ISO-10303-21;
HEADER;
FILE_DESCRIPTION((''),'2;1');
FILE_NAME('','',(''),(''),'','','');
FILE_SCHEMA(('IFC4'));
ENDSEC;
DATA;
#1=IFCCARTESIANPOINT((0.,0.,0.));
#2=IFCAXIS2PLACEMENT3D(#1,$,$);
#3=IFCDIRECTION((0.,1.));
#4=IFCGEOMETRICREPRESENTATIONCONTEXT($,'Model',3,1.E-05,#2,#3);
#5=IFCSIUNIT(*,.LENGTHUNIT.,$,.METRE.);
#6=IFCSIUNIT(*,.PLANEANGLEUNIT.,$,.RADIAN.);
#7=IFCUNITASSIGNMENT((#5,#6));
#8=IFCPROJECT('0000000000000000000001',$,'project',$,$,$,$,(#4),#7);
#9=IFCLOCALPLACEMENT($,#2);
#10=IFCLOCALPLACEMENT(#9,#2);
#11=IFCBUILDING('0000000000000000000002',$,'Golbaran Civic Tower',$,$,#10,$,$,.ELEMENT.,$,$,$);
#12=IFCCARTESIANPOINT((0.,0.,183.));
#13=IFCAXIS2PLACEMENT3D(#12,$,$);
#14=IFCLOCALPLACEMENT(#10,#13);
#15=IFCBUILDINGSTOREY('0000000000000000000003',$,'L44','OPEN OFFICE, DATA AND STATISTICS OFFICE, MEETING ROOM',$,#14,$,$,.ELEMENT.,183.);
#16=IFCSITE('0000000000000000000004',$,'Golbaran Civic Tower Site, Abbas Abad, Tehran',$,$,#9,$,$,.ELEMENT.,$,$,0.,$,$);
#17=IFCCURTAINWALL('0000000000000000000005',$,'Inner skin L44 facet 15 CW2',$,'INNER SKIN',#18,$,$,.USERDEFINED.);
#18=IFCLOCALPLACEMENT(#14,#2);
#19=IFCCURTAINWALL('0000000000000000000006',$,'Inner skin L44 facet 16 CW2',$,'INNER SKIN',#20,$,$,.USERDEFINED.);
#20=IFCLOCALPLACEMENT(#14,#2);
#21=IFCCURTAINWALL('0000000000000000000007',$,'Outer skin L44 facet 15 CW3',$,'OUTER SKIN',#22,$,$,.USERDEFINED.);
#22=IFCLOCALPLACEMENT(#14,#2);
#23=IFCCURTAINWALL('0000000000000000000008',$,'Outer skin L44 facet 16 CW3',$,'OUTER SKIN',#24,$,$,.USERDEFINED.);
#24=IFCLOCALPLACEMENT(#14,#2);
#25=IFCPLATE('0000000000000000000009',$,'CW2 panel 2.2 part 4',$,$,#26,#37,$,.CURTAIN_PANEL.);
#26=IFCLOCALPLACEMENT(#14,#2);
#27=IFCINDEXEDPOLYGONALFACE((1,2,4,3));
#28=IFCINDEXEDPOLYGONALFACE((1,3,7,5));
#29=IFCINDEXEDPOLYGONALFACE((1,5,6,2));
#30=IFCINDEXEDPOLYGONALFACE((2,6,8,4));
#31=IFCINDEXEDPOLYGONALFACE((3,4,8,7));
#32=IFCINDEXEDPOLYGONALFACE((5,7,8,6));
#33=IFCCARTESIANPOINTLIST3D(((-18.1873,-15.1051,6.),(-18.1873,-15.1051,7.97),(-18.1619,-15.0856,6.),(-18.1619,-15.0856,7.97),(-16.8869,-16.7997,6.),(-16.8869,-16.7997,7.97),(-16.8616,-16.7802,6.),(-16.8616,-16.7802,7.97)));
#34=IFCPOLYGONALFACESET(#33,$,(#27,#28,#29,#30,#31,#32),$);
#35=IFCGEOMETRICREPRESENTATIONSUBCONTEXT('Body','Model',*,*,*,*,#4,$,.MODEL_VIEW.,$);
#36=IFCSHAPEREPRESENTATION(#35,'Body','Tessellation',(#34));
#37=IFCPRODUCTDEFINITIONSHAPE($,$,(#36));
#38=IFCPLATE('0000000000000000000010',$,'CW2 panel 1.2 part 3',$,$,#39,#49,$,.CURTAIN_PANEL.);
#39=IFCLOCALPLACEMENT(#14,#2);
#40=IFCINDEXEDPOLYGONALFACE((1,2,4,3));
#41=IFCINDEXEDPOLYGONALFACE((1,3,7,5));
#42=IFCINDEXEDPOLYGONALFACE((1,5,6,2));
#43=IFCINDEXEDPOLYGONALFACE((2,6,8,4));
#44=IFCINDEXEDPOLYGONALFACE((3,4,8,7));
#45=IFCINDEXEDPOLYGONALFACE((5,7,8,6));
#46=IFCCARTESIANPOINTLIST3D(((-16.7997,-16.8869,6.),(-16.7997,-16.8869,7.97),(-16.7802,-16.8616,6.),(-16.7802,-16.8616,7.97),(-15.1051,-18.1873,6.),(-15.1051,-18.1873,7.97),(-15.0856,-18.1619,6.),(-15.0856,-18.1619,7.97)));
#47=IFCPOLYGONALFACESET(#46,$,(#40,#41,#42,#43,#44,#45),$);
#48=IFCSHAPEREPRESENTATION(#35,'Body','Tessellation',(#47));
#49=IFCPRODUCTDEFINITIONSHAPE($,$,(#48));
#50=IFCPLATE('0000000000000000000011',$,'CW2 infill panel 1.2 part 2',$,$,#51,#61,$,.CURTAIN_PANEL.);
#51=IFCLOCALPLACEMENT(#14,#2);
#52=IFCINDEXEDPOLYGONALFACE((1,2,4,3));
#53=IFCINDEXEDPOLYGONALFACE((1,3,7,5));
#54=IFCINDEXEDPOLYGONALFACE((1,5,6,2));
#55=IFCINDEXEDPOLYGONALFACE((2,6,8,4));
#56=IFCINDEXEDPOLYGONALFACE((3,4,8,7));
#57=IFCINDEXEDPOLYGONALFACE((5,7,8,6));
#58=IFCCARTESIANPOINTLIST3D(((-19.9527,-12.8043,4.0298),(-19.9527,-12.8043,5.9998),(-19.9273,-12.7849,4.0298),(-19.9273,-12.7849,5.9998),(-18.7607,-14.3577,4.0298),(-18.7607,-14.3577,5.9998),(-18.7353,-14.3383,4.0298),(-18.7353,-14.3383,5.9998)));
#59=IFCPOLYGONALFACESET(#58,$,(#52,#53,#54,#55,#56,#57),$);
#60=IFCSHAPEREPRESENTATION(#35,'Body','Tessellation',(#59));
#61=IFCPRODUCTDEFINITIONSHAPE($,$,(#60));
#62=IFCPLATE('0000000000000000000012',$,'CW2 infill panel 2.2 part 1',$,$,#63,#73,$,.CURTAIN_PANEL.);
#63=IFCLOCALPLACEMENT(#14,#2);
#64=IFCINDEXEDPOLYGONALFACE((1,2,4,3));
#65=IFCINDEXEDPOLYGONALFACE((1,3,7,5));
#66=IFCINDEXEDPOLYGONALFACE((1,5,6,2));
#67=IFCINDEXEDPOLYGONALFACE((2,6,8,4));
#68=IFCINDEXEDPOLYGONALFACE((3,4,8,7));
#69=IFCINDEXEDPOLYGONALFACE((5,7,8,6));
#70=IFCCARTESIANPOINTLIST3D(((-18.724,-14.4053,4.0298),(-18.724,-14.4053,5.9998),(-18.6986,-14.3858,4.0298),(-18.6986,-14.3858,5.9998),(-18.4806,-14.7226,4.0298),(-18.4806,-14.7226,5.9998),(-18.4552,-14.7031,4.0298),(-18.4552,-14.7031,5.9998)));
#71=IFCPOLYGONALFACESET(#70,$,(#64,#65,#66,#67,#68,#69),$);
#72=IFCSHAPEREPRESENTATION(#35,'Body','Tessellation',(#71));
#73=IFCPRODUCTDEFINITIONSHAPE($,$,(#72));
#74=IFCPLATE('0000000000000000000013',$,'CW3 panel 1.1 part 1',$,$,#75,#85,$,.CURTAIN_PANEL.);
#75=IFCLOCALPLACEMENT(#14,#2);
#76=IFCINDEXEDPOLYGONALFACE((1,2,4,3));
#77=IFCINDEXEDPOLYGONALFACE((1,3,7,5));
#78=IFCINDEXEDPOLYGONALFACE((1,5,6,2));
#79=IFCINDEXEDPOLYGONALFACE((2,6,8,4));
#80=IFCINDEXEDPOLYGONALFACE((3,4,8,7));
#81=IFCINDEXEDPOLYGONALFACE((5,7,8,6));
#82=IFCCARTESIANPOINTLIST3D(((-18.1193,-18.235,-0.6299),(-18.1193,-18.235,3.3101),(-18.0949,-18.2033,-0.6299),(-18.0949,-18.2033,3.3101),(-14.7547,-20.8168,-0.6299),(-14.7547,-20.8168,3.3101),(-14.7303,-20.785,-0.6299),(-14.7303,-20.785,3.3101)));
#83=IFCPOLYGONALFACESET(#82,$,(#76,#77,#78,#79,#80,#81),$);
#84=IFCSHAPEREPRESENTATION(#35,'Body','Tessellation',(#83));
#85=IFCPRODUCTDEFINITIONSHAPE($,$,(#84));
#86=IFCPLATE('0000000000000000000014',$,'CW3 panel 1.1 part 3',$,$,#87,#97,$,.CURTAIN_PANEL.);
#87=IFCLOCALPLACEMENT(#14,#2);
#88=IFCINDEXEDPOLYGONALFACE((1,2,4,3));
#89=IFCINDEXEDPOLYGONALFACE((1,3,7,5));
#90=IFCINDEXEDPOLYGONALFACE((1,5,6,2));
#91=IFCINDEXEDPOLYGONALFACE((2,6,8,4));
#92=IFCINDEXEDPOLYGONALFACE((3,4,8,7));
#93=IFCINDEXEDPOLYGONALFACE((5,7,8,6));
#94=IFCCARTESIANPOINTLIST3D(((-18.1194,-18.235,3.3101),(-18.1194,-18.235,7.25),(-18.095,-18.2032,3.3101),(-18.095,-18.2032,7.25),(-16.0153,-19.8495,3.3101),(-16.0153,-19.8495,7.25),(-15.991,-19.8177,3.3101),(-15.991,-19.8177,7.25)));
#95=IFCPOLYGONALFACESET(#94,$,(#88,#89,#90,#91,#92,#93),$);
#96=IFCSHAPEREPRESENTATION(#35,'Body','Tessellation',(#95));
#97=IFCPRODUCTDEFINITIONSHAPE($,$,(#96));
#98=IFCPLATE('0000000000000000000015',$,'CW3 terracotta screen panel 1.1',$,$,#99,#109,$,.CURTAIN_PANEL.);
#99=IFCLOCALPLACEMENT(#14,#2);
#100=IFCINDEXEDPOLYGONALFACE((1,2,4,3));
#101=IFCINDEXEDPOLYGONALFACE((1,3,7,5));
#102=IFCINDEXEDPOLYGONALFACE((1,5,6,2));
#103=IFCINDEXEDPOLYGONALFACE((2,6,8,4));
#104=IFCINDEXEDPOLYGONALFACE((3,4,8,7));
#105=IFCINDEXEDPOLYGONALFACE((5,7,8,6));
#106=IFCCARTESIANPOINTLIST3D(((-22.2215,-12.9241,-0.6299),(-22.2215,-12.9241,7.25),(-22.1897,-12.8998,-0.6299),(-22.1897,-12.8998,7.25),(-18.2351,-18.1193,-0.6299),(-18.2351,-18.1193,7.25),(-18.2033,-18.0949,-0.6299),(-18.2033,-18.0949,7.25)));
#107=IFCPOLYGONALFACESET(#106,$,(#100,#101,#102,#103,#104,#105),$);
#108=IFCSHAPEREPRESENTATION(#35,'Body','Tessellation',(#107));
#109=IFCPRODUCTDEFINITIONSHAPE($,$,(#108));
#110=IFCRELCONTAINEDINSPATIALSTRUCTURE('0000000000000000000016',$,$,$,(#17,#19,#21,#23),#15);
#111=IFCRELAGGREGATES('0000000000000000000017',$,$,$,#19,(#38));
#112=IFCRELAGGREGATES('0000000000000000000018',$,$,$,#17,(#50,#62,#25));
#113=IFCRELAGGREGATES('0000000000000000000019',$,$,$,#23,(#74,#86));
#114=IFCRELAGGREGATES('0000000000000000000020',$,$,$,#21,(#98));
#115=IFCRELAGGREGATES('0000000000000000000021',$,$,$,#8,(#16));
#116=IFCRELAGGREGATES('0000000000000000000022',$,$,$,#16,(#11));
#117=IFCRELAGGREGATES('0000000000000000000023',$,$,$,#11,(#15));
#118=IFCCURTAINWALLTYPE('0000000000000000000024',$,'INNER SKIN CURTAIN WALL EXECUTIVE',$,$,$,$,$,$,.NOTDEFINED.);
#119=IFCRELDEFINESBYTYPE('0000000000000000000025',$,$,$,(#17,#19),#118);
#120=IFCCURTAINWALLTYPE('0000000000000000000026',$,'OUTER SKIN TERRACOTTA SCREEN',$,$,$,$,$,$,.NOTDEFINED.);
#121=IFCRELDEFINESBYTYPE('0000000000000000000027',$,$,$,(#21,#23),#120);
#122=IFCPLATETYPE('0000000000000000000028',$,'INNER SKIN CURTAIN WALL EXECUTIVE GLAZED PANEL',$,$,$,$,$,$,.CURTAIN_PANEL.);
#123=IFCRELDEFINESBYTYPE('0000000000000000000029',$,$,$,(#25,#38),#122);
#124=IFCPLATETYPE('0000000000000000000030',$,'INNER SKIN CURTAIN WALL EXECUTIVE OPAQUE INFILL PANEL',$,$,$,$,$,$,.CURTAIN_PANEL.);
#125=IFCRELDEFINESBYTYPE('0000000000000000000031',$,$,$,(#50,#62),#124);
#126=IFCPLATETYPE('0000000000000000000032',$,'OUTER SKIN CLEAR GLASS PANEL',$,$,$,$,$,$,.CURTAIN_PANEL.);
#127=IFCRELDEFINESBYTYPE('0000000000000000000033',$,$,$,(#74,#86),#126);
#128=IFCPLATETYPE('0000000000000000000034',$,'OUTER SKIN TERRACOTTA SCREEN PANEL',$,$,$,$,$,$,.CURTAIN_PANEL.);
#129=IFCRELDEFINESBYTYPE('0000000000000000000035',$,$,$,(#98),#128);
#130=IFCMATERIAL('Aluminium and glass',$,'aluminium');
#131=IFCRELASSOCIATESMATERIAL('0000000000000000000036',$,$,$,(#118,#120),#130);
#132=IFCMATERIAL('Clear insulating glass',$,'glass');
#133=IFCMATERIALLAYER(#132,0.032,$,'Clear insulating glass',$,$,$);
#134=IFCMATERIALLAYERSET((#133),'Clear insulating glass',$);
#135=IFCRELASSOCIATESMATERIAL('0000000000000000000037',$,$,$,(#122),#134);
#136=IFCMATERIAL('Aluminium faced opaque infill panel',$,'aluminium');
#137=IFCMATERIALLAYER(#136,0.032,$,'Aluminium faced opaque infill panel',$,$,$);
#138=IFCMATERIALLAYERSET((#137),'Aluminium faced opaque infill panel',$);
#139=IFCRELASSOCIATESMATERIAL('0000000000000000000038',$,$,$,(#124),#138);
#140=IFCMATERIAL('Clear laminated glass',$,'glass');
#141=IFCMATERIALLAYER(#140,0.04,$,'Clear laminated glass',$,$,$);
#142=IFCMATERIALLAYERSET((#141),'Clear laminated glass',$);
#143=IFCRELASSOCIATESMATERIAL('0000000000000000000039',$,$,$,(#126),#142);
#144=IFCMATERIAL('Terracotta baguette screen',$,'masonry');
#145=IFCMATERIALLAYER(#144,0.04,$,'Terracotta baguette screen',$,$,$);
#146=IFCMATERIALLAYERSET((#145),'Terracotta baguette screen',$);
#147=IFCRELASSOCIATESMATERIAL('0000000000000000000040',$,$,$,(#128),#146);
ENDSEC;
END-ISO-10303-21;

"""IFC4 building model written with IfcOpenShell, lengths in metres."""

from ifc_helpers import new_model, si_unit, direction, frame, origin, origin_2d, place, context, subcontext, project, spatial, rectangle, extrude, material, layer, layer_set, type_object, element, aggregate, save


model = new_model("IFC4")

# Units and contexts
model_context = context("Model", 3, precision=1e-05, world=origin(), true_north=direction((0.0, 1.0)))
body_context = subcontext(model_context, "Body", "Model", "MODEL_VIEW")
ifc_project = project(units=[si_unit("LENGTHUNIT", "METRE"), si_unit("PLANEANGLEUNIT", "RADIAN")], contexts=[model_context])

# Site, building, storey
site_placement = place(None, origin())
site = spatial("IfcSite", under=ifc_project, at=site_placement, Name="Golbaran Civic Tower Site, Abbas Abad, Tehran", CompositionType="ELEMENT", RefElevation=0.0)
building_placement = place(site_placement, origin())
building = spatial("IfcBuilding", under=site, at=building_placement, Name="Golbaran Civic Tower", CompositionType="ELEMENT")
storey_placement = place(building_placement, frame((0.0, 0.0, 183.0)))
storey = spatial("IfcBuildingStorey", under=building, at=storey_placement, Name="L44", Description="OPEN OFFICE, DATA AND STATISTICS OFFICE, MEETING ROOM", CompositionType="ELEMENT", Elevation=183.0)

# Curtain wall
ifc_material_1 = material(Name="Aluminium and glass", Category="aluminium")
curtain_wall_type_1 = type_object("IfcCurtainWallType", Name="INNER SKIN CURTAIN WALL EXECUTIVE", PredefinedType="NOTDEFINED", material=ifc_material_1)
curtain_wall_1_placement = place(storey_placement, origin())
curtain_wall_1 = element("IfcCurtainWall", 1, at=curtain_wall_1_placement, inside=storey, type_object=curtain_wall_type_1, Name="Inner skin L44 facet 15 CW2", ObjectType="INNER SKIN", PredefinedType="USERDEFINED")

# Curtain wall
curtain_wall_2_placement = place(storey_placement, origin())
curtain_wall_2 = element("IfcCurtainWall", 2, at=curtain_wall_2_placement, inside=storey, type_object=curtain_wall_type_1, Name="Inner skin L44 facet 16 CW2", ObjectType="INNER SKIN", PredefinedType="USERDEFINED")

# Curtain wall
curtain_wall_type_2 = type_object("IfcCurtainWallType", Name="OUTER SKIN TERRACOTTA SCREEN", PredefinedType="NOTDEFINED", material=ifc_material_1)
curtain_wall_3_placement = place(storey_placement, origin())
curtain_wall_3 = element("IfcCurtainWall", 3, at=curtain_wall_3_placement, inside=storey, type_object=curtain_wall_type_2, Name="Outer skin L44 facet 15 CW3", ObjectType="OUTER SKIN", PredefinedType="USERDEFINED")

# Curtain wall
curtain_wall_4_placement = place(storey_placement, origin())
curtain_wall_4 = element("IfcCurtainWall", 4, at=curtain_wall_4_placement, inside=storey, type_object=curtain_wall_type_2, Name="Outer skin L44 facet 16 CW3", ObjectType="OUTER SKIN", PredefinedType="USERDEFINED")

# Plates
ifc_material_2 = material(Name="Clear insulating glass", Category="glass")
ifc_layer_1 = layer(ifc_material_2, 0.032, Name="Clear insulating glass")
ifc_layer_set_1 = layer_set([ifc_layer_1], Name="Clear insulating glass")
plate_type_1 = type_object("IfcPlateType", Name="INNER SKIN CURTAIN WALL EXECUTIVE GLAZED PANEL", PredefinedType="CURTAIN_PANEL", material=ifc_layer_set_1)
plate_1_placement = place(storey_placement, frame((-17.5244, -15.9426, 6.0), z_axis=(0.0, 0.0, 1.0), x_axis=(0.608761, -0.793353, 0.0)))
plate_1 = element("IfcPlate", 5, at=plate_1_placement, type_object=plate_type_1, Name="CW2 panel 2.2 part 4", PredefinedType="CURTAIN_PANEL", context=body_context, shape_type="SweptSolid", body=[
    extrude(rectangle(XDim=2.136, YDim=0.032, at=origin_2d()), origin(), (0.0, 0.0, 1.0), 1.97),
])
plate_2_placement = place(storey_placement, frame((-15.9426, -17.5244, 6.0), z_axis=(0.0, 0.0, 1.0), x_axis=(0.793353, -0.608761, 0.0)))
plate_2 = element("IfcPlate", 6, at=plate_2_placement, type_object=plate_type_1, Name="CW2 panel 1.2 part 3", PredefinedType="CURTAIN_PANEL", context=body_context, shape_type="SweptSolid", body=[
    extrude(rectangle(XDim=2.136, YDim=0.032, at=origin_2d()), origin(), (0.0, 0.0, 1.0), 1.97),
])
aggregate(curtain_wall_2, [plate_2])
ifc_material_3 = material(Name="Aluminium faced opaque infill panel", Category="aluminium")
ifc_layer_2 = layer(ifc_material_3, 0.032, Name="Aluminium faced opaque infill panel")
ifc_layer_set_2 = layer_set([ifc_layer_2], Name="Aluminium faced opaque infill panel")
plate_type_2 = type_object("IfcPlateType", Name="INNER SKIN CURTAIN WALL EXECUTIVE OPAQUE INFILL PANEL", PredefinedType="CURTAIN_PANEL", material=ifc_layer_set_2)
plate_3_placement = place(storey_placement, frame((-19.344, -13.5713, 4.0298), z_axis=(0.0, 0.0, 1.0), x_axis=(0.608761, -0.793353, 0.0)))
plate_3 = element("IfcPlate", 7, at=plate_3_placement, type_object=plate_type_2, Name="CW2 infill panel 1.2 part 2", PredefinedType="CURTAIN_PANEL", context=body_context, shape_type="SweptSolid", body=[
    extrude(rectangle(XDim=1.958, YDim=0.032, at=origin_2d()), origin(), (0.0, 0.0, 1.0), 1.97),
])
plate_4_placement = place(storey_placement, frame((-18.5896, -14.5542, 4.0298), z_axis=(0.0, 0.0, 1.0), x_axis=(0.608761, -0.793353, 0.0)))
plate_4 = element("IfcPlate", 8, at=plate_4_placement, type_object=plate_type_2, Name="CW2 infill panel 2.2 part 1", PredefinedType="CURTAIN_PANEL", context=body_context, shape_type="SweptSolid", body=[
    extrude(rectangle(XDim=0.3999, YDim=0.032, at=origin_2d()), origin(), (0.0, 0.0, 1.0), 1.97),
])
aggregate(curtain_wall_1, [plate_3, plate_4, plate_1])
ifc_material_4 = material(Name="Clear laminated glass", Category="glass")
ifc_layer_3 = layer(ifc_material_4, 0.04, Name="Clear laminated glass")
ifc_layer_set_3 = layer_set([ifc_layer_3], Name="Clear laminated glass")
plate_type_3 = type_object("IfcPlateType", Name="OUTER SKIN CLEAR GLASS PANEL", PredefinedType="CURTAIN_PANEL", material=ifc_layer_set_3)
plate_5_placement = place(storey_placement, frame((-16.4248, -19.51, -0.6299), z_axis=(0.0, 0.0, 1.0), x_axis=(0.793353, -0.608761, 0.0)))
plate_5 = element("IfcPlate", 9, at=plate_5_placement, type_object=plate_type_3, Name="CW3 panel 1.1 part 1", PredefinedType="CURTAIN_PANEL", context=body_context, shape_type="SweptSolid", body=[
    extrude(rectangle(XDim=4.241, YDim=0.04, at=origin_2d()), origin(), (0.0, 0.0, 1.0), 3.9399),
])
plate_6_placement = place(storey_placement, frame((-17.0552, -19.0264, 3.3101), z_axis=(0.0, 0.0, 1.0), x_axis=(0.793353, -0.608761, 0.0)))
plate_6 = element("IfcPlate", 10, at=plate_6_placement, type_object=plate_type_3, Name="CW3 panel 1.1 part 3", PredefinedType="CURTAIN_PANEL", context=body_context, shape_type="SweptSolid", body=[
    extrude(rectangle(XDim=2.6521, YDim=0.04, at=origin_2d()), origin(), (0.0, 0.0, 1.0), 3.9399),
])
aggregate(curtain_wall_4, [plate_5, plate_6])
ifc_material_5 = material(Name="Terracotta baguette screen", Category="masonry")
ifc_layer_4 = layer(ifc_material_5, 0.04, Name="Terracotta baguette screen")
ifc_layer_set_4 = layer_set([ifc_layer_4], Name="Terracotta baguette screen")
plate_type_4 = type_object("IfcPlateType", Name="OUTER SKIN TERRACOTTA SCREEN PANEL", PredefinedType="CURTAIN_PANEL", material=ifc_layer_set_4)
plate_7_placement = place(storey_placement, frame((-20.2124, -15.5095, -0.6299), z_axis=(0.0, 0.0, 1.0), x_axis=(0.608761, -0.793353, 0.0)))
plate_7 = element("IfcPlate", 11, at=plate_7_placement, type_object=plate_type_4, Name="CW3 terracotta screen panel 1.1", PredefinedType="CURTAIN_PANEL", context=body_context, shape_type="SweptSolid", body=[
    extrude(rectangle(XDim=6.5483, YDim=0.04, at=origin_2d()), origin(), (0.0, 0.0, 1.0), 7.8799),
])
aggregate(curtain_wall_3, [plate_7])

save(model, "model.ifc")
